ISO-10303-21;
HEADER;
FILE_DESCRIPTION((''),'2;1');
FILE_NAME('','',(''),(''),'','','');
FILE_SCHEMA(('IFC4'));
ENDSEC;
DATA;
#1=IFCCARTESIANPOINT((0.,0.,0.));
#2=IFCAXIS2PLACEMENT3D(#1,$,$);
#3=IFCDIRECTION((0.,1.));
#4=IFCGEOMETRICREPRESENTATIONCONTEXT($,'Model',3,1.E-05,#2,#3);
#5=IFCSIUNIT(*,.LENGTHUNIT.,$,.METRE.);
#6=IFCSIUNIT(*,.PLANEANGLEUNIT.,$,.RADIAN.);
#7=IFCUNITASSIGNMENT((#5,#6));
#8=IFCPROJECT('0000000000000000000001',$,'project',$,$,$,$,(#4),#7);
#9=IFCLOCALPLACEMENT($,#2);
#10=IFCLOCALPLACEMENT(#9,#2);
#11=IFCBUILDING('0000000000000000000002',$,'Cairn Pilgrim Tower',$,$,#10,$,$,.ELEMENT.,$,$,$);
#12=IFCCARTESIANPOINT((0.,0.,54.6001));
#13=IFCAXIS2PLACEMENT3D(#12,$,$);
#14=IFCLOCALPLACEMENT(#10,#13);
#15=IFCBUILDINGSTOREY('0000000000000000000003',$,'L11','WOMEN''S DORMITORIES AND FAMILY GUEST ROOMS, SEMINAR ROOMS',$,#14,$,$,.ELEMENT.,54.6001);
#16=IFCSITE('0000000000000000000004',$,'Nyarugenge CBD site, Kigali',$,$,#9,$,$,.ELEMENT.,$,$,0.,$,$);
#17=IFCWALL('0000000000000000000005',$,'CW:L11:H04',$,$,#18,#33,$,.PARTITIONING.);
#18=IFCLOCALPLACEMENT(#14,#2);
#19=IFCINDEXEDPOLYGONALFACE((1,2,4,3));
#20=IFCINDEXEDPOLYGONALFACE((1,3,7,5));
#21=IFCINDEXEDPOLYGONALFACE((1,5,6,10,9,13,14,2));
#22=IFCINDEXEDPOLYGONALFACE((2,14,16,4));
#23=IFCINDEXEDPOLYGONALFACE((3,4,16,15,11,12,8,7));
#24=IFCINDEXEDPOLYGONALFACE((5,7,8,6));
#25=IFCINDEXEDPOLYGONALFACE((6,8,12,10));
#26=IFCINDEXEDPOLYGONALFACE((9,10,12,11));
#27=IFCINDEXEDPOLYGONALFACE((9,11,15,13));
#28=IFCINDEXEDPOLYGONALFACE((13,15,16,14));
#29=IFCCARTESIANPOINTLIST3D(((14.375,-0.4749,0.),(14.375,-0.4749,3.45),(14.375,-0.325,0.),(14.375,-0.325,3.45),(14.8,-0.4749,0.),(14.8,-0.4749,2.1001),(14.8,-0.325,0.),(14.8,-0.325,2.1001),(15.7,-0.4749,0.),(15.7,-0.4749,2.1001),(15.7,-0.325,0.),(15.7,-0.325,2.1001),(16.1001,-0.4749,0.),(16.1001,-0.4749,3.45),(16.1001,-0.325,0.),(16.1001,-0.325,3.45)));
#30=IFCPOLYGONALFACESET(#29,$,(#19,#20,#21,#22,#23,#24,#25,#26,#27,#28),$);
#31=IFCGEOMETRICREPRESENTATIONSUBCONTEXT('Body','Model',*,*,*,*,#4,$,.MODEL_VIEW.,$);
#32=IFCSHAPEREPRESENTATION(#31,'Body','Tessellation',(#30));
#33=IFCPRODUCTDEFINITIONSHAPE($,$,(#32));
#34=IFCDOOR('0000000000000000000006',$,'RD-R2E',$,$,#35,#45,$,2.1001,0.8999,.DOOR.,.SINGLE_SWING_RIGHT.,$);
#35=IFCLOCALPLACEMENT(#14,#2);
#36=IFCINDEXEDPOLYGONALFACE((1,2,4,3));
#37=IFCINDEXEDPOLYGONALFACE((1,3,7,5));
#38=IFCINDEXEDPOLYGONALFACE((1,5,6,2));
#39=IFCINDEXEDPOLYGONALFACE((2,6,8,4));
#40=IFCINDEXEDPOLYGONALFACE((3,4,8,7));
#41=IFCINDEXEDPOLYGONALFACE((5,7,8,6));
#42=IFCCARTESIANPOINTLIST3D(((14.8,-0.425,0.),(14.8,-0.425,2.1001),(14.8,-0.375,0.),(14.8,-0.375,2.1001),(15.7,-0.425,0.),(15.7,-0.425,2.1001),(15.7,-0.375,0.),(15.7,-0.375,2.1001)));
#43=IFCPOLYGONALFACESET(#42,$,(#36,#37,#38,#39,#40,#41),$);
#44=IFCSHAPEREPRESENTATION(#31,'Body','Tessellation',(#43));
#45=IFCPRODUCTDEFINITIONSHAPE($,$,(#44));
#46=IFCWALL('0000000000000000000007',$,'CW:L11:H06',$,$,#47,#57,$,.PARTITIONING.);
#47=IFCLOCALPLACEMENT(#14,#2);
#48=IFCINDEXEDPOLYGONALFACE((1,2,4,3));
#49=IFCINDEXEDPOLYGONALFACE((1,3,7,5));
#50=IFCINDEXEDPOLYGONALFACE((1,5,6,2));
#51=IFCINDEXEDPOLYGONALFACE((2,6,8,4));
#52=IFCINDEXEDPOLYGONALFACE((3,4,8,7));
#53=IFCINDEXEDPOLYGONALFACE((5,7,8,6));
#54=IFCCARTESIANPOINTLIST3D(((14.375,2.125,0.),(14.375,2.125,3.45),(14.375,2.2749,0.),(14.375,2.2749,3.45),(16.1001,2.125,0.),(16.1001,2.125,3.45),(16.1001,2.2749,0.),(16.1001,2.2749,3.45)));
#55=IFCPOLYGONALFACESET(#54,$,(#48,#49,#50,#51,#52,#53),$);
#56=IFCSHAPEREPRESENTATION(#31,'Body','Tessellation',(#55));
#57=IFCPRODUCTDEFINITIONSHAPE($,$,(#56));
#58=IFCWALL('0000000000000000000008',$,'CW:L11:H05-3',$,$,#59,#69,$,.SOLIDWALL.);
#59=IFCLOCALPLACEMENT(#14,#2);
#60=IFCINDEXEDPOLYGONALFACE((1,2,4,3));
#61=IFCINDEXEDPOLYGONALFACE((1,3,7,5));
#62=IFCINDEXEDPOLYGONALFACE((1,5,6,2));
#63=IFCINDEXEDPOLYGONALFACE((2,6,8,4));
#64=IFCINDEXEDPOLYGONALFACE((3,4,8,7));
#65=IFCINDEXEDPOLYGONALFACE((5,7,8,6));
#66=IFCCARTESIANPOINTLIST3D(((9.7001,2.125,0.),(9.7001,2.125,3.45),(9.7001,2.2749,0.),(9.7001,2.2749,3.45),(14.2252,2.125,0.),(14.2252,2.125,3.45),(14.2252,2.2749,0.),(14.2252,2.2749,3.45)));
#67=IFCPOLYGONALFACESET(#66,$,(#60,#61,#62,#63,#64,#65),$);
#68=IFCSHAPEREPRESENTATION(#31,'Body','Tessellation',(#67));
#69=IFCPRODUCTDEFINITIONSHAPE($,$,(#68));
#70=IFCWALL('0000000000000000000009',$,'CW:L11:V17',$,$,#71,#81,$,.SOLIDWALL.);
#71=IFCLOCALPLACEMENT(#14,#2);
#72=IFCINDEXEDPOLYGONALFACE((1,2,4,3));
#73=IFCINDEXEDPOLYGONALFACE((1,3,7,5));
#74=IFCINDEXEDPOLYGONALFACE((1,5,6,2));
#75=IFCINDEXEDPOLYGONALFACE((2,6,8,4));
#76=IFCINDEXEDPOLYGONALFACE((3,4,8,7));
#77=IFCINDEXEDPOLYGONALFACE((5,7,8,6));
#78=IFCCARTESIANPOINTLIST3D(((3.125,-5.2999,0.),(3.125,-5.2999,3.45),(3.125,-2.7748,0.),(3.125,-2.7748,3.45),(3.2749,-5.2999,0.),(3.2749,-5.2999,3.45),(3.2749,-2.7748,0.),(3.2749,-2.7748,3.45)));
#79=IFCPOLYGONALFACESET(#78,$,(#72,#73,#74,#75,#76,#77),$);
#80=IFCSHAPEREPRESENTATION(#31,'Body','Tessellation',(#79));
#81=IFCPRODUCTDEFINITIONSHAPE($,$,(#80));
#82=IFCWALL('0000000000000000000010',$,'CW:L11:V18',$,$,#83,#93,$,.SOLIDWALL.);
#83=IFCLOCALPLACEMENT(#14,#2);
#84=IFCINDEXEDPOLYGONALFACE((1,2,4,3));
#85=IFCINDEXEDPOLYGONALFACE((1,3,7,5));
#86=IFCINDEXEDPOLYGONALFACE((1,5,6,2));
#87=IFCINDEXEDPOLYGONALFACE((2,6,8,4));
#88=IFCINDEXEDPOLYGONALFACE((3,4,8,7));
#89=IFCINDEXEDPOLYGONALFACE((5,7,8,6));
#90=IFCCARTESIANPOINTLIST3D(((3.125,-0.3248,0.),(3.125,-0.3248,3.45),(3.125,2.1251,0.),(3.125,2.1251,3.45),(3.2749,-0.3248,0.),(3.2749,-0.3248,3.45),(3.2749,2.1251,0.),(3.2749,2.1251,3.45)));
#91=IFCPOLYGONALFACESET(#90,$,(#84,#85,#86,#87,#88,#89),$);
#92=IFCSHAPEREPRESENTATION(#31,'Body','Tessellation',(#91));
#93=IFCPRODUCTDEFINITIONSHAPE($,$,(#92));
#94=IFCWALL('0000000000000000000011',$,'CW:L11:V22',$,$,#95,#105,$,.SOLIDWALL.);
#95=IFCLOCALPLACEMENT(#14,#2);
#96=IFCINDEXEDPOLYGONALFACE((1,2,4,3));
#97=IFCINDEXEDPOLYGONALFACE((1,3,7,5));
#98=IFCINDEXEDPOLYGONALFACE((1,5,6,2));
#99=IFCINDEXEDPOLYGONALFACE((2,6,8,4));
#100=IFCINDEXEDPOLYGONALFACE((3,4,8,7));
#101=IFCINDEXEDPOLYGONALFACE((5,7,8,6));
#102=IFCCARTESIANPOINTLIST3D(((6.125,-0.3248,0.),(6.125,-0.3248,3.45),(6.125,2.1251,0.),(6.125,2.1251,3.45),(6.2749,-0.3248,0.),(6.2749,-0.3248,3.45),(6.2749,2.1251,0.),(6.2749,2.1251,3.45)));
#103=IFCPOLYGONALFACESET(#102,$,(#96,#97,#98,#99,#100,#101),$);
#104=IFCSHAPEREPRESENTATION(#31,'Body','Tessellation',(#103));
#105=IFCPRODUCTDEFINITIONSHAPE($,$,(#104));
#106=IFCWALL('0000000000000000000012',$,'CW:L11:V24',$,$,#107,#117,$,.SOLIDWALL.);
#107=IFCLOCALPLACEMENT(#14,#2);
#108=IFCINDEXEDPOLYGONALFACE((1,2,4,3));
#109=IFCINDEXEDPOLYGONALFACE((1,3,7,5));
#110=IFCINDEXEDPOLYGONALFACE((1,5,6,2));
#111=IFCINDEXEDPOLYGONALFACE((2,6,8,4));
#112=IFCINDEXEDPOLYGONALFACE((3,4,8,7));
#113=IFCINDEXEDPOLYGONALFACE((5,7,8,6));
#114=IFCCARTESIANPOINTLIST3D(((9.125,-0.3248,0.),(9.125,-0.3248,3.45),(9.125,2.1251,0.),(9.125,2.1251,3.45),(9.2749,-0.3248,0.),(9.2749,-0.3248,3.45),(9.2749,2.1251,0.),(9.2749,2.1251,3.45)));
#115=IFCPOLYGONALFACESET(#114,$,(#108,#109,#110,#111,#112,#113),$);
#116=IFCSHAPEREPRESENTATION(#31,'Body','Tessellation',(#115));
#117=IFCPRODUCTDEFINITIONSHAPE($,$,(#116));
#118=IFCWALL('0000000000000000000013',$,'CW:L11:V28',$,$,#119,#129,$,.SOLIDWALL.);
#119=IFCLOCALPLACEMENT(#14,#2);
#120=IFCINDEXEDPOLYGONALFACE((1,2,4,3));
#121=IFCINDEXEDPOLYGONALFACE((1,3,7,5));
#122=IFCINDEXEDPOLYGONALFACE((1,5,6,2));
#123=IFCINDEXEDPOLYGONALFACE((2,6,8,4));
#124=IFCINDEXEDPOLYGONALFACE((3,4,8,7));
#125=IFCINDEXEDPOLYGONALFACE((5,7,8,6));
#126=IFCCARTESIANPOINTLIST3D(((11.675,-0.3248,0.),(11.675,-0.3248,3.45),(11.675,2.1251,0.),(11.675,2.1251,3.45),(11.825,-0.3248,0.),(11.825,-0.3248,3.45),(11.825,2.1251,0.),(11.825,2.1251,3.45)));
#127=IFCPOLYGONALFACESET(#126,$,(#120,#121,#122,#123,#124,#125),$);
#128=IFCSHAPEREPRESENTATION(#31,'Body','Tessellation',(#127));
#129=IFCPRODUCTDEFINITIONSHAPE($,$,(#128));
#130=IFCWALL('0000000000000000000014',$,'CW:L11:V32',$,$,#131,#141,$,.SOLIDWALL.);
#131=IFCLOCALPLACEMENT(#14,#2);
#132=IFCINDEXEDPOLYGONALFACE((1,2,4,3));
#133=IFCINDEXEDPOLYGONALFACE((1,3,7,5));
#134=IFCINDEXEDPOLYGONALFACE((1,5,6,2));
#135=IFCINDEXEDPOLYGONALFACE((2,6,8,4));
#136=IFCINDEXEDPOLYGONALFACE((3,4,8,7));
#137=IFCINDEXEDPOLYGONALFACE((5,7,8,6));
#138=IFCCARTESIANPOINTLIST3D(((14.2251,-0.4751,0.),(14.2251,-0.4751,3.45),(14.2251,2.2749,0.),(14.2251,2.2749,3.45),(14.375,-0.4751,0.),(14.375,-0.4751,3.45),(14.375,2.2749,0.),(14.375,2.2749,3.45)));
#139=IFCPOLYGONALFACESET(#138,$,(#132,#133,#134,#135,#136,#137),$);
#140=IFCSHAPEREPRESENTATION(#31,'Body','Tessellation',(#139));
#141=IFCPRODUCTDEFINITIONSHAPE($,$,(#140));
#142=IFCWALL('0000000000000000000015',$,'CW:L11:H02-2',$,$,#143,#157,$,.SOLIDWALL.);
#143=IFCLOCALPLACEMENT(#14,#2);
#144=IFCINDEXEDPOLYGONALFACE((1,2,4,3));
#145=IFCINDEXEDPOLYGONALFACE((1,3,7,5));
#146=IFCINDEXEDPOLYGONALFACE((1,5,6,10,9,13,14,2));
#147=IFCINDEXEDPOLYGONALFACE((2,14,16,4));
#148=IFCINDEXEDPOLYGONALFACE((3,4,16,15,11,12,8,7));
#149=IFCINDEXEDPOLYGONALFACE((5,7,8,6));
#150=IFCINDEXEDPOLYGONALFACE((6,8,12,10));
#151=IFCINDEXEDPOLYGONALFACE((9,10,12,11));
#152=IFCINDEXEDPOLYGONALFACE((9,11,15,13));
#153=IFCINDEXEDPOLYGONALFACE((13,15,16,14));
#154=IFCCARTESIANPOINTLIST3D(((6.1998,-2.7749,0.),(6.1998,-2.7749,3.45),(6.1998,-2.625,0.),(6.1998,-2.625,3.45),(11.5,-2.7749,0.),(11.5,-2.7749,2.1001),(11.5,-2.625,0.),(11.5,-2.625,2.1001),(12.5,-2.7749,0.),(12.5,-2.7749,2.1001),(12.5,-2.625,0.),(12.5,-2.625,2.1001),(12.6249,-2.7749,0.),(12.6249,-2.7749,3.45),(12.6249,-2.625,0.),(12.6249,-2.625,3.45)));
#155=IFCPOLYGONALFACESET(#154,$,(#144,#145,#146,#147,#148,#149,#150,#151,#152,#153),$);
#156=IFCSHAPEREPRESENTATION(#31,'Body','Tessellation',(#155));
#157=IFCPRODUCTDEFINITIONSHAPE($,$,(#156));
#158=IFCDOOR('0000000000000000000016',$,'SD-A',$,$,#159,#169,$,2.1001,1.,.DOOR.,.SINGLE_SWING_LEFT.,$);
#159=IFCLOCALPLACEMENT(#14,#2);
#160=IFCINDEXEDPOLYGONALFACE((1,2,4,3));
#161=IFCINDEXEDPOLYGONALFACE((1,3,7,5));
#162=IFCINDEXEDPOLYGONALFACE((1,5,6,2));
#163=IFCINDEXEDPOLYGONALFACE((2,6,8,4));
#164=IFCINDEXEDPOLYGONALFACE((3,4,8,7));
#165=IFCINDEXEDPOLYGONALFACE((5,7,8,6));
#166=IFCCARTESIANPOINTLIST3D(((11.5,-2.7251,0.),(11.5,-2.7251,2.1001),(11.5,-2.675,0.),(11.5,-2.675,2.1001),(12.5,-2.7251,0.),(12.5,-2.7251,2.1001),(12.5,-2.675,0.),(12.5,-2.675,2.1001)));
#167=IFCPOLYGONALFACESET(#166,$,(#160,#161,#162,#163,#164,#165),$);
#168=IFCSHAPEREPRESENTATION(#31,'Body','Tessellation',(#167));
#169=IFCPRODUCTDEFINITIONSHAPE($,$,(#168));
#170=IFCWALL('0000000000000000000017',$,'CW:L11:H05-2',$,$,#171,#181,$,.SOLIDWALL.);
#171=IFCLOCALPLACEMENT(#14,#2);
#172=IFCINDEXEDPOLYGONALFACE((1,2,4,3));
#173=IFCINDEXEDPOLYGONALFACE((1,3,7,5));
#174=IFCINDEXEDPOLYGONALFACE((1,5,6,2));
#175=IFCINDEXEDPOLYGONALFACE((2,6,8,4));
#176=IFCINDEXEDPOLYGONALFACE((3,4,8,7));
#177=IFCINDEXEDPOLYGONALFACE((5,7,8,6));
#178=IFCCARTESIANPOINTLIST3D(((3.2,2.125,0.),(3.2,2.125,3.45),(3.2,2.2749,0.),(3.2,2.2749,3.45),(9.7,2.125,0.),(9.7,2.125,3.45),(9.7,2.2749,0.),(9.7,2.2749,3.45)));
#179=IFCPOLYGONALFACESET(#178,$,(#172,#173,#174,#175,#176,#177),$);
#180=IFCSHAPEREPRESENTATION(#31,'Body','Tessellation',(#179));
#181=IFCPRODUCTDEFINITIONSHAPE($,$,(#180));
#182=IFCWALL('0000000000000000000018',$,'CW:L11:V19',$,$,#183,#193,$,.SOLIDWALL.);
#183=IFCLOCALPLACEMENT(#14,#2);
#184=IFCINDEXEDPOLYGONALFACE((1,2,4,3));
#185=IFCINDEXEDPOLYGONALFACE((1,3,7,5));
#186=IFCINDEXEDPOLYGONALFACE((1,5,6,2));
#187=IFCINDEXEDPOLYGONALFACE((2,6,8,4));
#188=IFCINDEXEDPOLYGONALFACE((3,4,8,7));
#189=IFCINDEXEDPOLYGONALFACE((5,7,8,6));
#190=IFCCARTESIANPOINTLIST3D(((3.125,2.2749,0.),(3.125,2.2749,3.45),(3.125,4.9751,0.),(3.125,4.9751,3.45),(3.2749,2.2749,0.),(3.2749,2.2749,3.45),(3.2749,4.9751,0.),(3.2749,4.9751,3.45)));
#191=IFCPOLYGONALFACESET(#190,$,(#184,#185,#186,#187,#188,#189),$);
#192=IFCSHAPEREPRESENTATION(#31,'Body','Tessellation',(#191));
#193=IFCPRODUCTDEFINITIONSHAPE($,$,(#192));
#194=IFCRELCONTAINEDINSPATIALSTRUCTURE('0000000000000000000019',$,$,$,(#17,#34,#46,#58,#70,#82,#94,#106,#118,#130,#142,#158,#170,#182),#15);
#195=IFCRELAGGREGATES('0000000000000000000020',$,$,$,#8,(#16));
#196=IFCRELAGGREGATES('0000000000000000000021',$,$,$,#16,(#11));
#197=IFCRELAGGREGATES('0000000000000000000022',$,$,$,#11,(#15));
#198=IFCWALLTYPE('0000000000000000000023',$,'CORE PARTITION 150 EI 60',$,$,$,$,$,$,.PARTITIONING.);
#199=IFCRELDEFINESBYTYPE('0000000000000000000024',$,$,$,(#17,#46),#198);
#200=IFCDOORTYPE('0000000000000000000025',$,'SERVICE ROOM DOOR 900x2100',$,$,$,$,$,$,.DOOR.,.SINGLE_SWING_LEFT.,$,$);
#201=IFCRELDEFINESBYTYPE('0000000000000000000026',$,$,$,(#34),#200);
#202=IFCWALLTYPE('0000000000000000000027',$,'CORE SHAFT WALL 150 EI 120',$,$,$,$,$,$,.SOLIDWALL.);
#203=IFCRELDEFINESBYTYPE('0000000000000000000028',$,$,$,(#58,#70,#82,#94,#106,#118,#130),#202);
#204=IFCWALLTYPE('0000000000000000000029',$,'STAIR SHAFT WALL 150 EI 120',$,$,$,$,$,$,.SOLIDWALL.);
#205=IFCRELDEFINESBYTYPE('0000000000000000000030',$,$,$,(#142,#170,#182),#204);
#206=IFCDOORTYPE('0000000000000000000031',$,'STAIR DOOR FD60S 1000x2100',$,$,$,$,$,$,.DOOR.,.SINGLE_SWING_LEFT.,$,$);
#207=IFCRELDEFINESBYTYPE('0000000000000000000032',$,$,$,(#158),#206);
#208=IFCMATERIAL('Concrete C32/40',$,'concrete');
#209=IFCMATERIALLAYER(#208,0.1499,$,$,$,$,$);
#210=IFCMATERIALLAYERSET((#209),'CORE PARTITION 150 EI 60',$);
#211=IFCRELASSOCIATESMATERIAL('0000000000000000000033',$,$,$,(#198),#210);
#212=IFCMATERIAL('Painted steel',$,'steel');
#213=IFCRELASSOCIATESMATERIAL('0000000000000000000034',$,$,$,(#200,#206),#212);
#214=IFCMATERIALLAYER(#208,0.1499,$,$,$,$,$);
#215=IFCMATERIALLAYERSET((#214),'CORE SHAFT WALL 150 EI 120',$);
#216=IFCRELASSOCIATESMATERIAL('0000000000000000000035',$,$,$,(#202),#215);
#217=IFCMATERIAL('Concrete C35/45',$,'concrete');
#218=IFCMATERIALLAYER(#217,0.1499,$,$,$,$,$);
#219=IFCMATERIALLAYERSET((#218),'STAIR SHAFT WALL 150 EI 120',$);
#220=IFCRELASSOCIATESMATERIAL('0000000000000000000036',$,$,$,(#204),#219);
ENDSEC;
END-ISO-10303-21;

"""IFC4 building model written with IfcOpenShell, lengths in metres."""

from ifc_helpers import new_model, si_unit, direction, frame, frame_2d, origin, place, context, subcontext, project, spatial, rectangle, extrude, material, layer, layer_set, type_object, element, fill, save


model = new_model("IFC4")

# Units and contexts
model_context = context("Model", 3, precision=1e-05, world=origin(), true_north=direction((0.0, 1.0)))
body_context = subcontext(model_context, "Body", "Model", "MODEL_VIEW")
ifc_project = project(units=[si_unit("LENGTHUNIT", "METRE"), si_unit("PLANEANGLEUNIT", "RADIAN")], contexts=[model_context])

# Site, building, storey
site_placement = place(None, origin())
site = spatial("IfcSite", under=ifc_project, at=site_placement, Name="Nyarugenge CBD site, Kigali", CompositionType="ELEMENT", RefElevation=0.0)
building_placement = place(site_placement, origin())
building = spatial("IfcBuilding", under=site, at=building_placement, Name="Cairn Pilgrim Tower", CompositionType="ELEMENT")
storey_placement = place(building_placement, frame((0.0, 0.0, 54.6001)))
storey = spatial("IfcBuildingStorey", under=building, at=storey_placement, Name="L11", Description="WOMEN'S DORMITORIES AND FAMILY GUEST ROOMS, SEMINAR ROOMS", CompositionType="ELEMENT", Elevation=54.6001)

# Shared definitions
ifc_material_1 = material(Name="Concrete C32/40", Category="concrete")

# Shared definitions
ifc_material_2 = material(Name="Painted steel", Category="steel")

# Wall, opening, door
ifc_layer_1 = layer(ifc_material_1, 0.1499)
ifc_layer_set_1 = layer_set([ifc_layer_1], Name="CORE PARTITION 150 EI 60")
wall_type_1 = type_object("IfcWallType", Name="CORE PARTITION 150 EI 60", PredefinedType="PARTITIONING", material=ifc_layer_set_1)
wall_1_placement = place(storey_placement, frame((14.375, -0.3999, 0.0), z_axis=(0.0, 0.0, 1.0), x_axis=(1.0, 0.0, 0.0)))
wall_1 = element("IfcWall", 1, at=wall_1_placement, inside=storey, type_object=wall_type_1, Name="CW:L11:H04", PredefinedType="PARTITIONING", context=body_context, shape_type="SweptSolid", body=[
    extrude(rectangle(XDim=1.7251, YDim=0.1499, at=frame_2d((0.8625, 0.0))), origin(), (0.0, 0.0, 1.0), 3.45),
])
opening_1_placement = place(wall_1_placement, frame((0.425, 0.0, 0.0)))
opening_1 = element("IfcOpeningElement", 2, at=opening_1_placement, cuts=wall_1, PredefinedType="OPENING", context=body_context, shape_type="SweptSolid", body=[
    extrude(rectangle(XDim=0.8999, YDim=2.1001, at=frame_2d((0.45, 1.05))), frame((0.0, 0.085, 0.0), z_axis=(0.0, -1.0, 0.0), x_axis=(1.0, 0.0, 0.0)), (0.0, 0.0, 1.0), 0.1699),
])
door_type_1 = type_object("IfcDoorType", Name="SERVICE ROOM DOOR 900x2100", OperationType="SINGLE_SWING_LEFT", PredefinedType="DOOR", material=ifc_material_2)
door_1_placement = place(opening_1_placement, origin())
door_1 = element("IfcDoor", 3, at=door_1_placement, inside=storey, type_object=door_type_1, Name="RD-R2E", OperationType="SINGLE_SWING_RIGHT", OverallHeight=2.1001, OverallWidth=0.8999, PredefinedType="DOOR", context=body_context, shape_type="SweptSolid", body=[
    extrude(rectangle(XDim=0.8999, YDim=2.1001, at=frame_2d((0.45, 1.05))), frame((0.0, 0.0249, 0.0), z_axis=(0.0, -1.0, 0.0), x_axis=(1.0, 0.0, 0.0)), (0.0, 0.0, 1.0), 0.05),
])
fill(opening_1, door_1)

# Walls
wall_2_placement = place(storey_placement, frame((14.375, 2.2, 0.0), z_axis=(0.0, 0.0, 1.0), x_axis=(1.0, 0.0, 0.0)))
element("IfcWall", 4, at=wall_2_placement, inside=storey, type_object=wall_type_1, Name="CW:L11:H06", PredefinedType="PARTITIONING", context=body_context, shape_type="SweptSolid", body=[
    extrude(rectangle(XDim=1.7251, YDim=0.1499, at=frame_2d((0.8625, 0.0))), origin(), (0.0, 0.0, 1.0), 3.45),
])
ifc_layer_2 = layer(ifc_material_1, 0.1499)
ifc_layer_set_2 = layer_set([ifc_layer_2], Name="CORE SHAFT WALL 150 EI 120")
wall_type_2 = type_object("IfcWallType", Name="CORE SHAFT WALL 150 EI 120", PredefinedType="SOLIDWALL", material=ifc_layer_set_2)
wall_3_placement = place(storey_placement, frame((9.7, 2.2, 0.0), z_axis=(0.0, 0.0, 1.0), x_axis=(1.0, 0.0, 0.0)))
element("IfcWall", 5, at=wall_3_placement, inside=storey, type_object=wall_type_2, Name="CW:L11:H05-3", PredefinedType="SOLIDWALL", context=body_context, shape_type="SweptSolid", body=[
    extrude(rectangle(XDim=4.5251, YDim=0.1499, at=frame_2d((2.2627, 0.0))), origin(), (0.0, 0.0, 1.0), 3.45),
])
wall_4_placement = place(storey_placement, frame((3.2, -5.3, 0.0), z_axis=(0.0, 0.0, 1.0), x_axis=(0.0, 1.0, 0.0)))
element("IfcWall", 6, at=wall_4_placement, inside=storey, type_object=wall_type_2, Name="CW:L11:V17", PredefinedType="SOLIDWALL", context=body_context, shape_type="SweptSolid", body=[
    extrude(rectangle(XDim=2.5251, YDim=0.1499, at=frame_2d((1.2627, 0.0))), origin(), (0.0, 0.0, 1.0), 3.45),
])
for number, where, z_axis, x_axis, name in (
    (7, (3.2, -0.325, 0.0), (0.0, 0.0, 1.0), (0.0, 1.0, 0.0), "CW:L11:V18"),
    (8, (6.2, -0.325, 0.0), (0.0, 0.0, 1.0), (0.0, 1.0, 0.0), "CW:L11:V22"),
    (9, (9.2, -0.325, 0.0), (0.0, 0.0, 1.0), (0.0, 1.0, 0.0), "CW:L11:V24"),
    (10, (11.75, -0.325, 0.0), (0.0, 0.0, 1.0), (0.0, 1.0, 0.0), "CW:L11:V28"),
):
    element("IfcWall", number, at=place(storey_placement, frame(where, z_axis=z_axis, x_axis=x_axis)), inside=storey, type_object=wall_type_2, Name=name, PredefinedType="SOLIDWALL", context=body_context, shape_type="SweptSolid", body=[
        extrude(rectangle(XDim=2.45, YDim=0.1499, at=frame_2d((1.2251, 0.0))), origin(), (0.0, 0.0, 1.0), 3.45),
    ])
wall_5_placement = place(storey_placement, frame((14.3, -0.4751, 0.0), z_axis=(0.0, 0.0, 1.0), x_axis=(0.0, 1.0, 0.0)))
element("IfcWall", 11, at=wall_5_placement, inside=storey, type_object=wall_type_2, Name="CW:L11:V32", PredefinedType="SOLIDWALL", context=body_context, shape_type="SweptSolid", body=[
    extrude(rectangle(XDim=2.75, YDim=0.1499, at=frame_2d((1.375, 0.0))), origin(), (0.0, 0.0, 1.0), 3.45),
])

# Wall, opening, door
ifc_material_3 = material(Name="Concrete C35/45", Category="concrete")
ifc_layer_3 = layer(ifc_material_3, 0.1499)
ifc_layer_set_3 = layer_set([ifc_layer_3], Name="STAIR SHAFT WALL 150 EI 120")
wall_type_3 = type_object("IfcWallType", Name="STAIR SHAFT WALL 150 EI 120", PredefinedType="SOLIDWALL", material=ifc_layer_set_3)
wall_6_placement = place(storey_placement, frame((6.2, -2.7, 0.0), z_axis=(0.0, 0.0, 1.0), x_axis=(1.0, 0.0, 0.0)))
wall_6 = element("IfcWall", 12, at=wall_6_placement, inside=storey, type_object=wall_type_3, Name="CW:L11:H02-2", PredefinedType="SOLIDWALL", context=body_context, shape_type="SweptSolid", body=[
    extrude(rectangle(XDim=6.425, YDim=0.1499, at=frame_2d((3.2124, 0.0))), origin(), (0.0, 0.0, 1.0), 3.45),
])
opening_2_placement = place(wall_6_placement, frame((5.3, 0.0, 0.0)))
opening_2 = element("IfcOpeningElement", 13, at=opening_2_placement, cuts=wall_6, PredefinedType="OPENING", context=body_context, shape_type="SweptSolid", body=[
    extrude(rectangle(XDim=1.0, YDim=2.1001, at=frame_2d((0.5, 1.05))), frame((0.0, 0.085, 0.0), z_axis=(0.0, -1.0, 0.0), x_axis=(1.0, 0.0, 0.0)), (0.0, 0.0, 1.0), 0.1699),
])
door_type_2 = type_object("IfcDoorType", Name="STAIR DOOR FD60S 1000x2100", OperationType="SINGLE_SWING_LEFT", PredefinedType="DOOR", material=ifc_material_2)
door_2_placement = place(opening_2_placement, origin())
door_2 = element("IfcDoor", 14, at=door_2_placement, inside=storey, type_object=door_type_2, Name="SD-A", OperationType="SINGLE_SWING_LEFT", OverallHeight=2.1001, OverallWidth=1.0, PredefinedType="DOOR", context=body_context, shape_type="SweptSolid", body=[
    extrude(rectangle(XDim=1.0, YDim=2.1001, at=frame_2d((0.5, 1.05))), frame((0.0, 0.0249, 0.0), z_axis=(0.0, -1.0, 0.0), x_axis=(1.0, 0.0, 0.0)), (0.0, 0.0, 1.0), 0.05),
])
fill(opening_2, door_2)

# Walls
wall_7_placement = place(storey_placement, frame((3.2, 2.2, 0.0), z_axis=(0.0, 0.0, 1.0), x_axis=(1.0, 0.0, 0.0)))
element("IfcWall", 15, at=wall_7_placement, inside=storey, type_object=wall_type_3, Name="CW:L11:H05-2", PredefinedType="SOLIDWALL", context=body_context, shape_type="SweptSolid", body=[
    extrude(rectangle(XDim=6.5, YDim=0.1499, at=frame_2d((3.25, 0.0))), origin(), (0.0, 0.0, 1.0), 3.45),
])
wall_8_placement = place(storey_placement, frame((3.2, 2.2749, 0.0), z_axis=(0.0, 0.0, 1.0), x_axis=(0.0, 1.0, 0.0)))
element("IfcWall", 16, at=wall_8_placement, inside=storey, type_object=wall_type_3, Name="CW:L11:V19", PredefinedType="SOLIDWALL", context=body_context, shape_type="SweptSolid", body=[
    extrude(rectangle(XDim=2.7002, YDim=0.1499, at=frame_2d((1.3501, 0.0))), origin(), (0.0, 0.0, 1.0), 3.45),
])

save(model, "model.ifc")
